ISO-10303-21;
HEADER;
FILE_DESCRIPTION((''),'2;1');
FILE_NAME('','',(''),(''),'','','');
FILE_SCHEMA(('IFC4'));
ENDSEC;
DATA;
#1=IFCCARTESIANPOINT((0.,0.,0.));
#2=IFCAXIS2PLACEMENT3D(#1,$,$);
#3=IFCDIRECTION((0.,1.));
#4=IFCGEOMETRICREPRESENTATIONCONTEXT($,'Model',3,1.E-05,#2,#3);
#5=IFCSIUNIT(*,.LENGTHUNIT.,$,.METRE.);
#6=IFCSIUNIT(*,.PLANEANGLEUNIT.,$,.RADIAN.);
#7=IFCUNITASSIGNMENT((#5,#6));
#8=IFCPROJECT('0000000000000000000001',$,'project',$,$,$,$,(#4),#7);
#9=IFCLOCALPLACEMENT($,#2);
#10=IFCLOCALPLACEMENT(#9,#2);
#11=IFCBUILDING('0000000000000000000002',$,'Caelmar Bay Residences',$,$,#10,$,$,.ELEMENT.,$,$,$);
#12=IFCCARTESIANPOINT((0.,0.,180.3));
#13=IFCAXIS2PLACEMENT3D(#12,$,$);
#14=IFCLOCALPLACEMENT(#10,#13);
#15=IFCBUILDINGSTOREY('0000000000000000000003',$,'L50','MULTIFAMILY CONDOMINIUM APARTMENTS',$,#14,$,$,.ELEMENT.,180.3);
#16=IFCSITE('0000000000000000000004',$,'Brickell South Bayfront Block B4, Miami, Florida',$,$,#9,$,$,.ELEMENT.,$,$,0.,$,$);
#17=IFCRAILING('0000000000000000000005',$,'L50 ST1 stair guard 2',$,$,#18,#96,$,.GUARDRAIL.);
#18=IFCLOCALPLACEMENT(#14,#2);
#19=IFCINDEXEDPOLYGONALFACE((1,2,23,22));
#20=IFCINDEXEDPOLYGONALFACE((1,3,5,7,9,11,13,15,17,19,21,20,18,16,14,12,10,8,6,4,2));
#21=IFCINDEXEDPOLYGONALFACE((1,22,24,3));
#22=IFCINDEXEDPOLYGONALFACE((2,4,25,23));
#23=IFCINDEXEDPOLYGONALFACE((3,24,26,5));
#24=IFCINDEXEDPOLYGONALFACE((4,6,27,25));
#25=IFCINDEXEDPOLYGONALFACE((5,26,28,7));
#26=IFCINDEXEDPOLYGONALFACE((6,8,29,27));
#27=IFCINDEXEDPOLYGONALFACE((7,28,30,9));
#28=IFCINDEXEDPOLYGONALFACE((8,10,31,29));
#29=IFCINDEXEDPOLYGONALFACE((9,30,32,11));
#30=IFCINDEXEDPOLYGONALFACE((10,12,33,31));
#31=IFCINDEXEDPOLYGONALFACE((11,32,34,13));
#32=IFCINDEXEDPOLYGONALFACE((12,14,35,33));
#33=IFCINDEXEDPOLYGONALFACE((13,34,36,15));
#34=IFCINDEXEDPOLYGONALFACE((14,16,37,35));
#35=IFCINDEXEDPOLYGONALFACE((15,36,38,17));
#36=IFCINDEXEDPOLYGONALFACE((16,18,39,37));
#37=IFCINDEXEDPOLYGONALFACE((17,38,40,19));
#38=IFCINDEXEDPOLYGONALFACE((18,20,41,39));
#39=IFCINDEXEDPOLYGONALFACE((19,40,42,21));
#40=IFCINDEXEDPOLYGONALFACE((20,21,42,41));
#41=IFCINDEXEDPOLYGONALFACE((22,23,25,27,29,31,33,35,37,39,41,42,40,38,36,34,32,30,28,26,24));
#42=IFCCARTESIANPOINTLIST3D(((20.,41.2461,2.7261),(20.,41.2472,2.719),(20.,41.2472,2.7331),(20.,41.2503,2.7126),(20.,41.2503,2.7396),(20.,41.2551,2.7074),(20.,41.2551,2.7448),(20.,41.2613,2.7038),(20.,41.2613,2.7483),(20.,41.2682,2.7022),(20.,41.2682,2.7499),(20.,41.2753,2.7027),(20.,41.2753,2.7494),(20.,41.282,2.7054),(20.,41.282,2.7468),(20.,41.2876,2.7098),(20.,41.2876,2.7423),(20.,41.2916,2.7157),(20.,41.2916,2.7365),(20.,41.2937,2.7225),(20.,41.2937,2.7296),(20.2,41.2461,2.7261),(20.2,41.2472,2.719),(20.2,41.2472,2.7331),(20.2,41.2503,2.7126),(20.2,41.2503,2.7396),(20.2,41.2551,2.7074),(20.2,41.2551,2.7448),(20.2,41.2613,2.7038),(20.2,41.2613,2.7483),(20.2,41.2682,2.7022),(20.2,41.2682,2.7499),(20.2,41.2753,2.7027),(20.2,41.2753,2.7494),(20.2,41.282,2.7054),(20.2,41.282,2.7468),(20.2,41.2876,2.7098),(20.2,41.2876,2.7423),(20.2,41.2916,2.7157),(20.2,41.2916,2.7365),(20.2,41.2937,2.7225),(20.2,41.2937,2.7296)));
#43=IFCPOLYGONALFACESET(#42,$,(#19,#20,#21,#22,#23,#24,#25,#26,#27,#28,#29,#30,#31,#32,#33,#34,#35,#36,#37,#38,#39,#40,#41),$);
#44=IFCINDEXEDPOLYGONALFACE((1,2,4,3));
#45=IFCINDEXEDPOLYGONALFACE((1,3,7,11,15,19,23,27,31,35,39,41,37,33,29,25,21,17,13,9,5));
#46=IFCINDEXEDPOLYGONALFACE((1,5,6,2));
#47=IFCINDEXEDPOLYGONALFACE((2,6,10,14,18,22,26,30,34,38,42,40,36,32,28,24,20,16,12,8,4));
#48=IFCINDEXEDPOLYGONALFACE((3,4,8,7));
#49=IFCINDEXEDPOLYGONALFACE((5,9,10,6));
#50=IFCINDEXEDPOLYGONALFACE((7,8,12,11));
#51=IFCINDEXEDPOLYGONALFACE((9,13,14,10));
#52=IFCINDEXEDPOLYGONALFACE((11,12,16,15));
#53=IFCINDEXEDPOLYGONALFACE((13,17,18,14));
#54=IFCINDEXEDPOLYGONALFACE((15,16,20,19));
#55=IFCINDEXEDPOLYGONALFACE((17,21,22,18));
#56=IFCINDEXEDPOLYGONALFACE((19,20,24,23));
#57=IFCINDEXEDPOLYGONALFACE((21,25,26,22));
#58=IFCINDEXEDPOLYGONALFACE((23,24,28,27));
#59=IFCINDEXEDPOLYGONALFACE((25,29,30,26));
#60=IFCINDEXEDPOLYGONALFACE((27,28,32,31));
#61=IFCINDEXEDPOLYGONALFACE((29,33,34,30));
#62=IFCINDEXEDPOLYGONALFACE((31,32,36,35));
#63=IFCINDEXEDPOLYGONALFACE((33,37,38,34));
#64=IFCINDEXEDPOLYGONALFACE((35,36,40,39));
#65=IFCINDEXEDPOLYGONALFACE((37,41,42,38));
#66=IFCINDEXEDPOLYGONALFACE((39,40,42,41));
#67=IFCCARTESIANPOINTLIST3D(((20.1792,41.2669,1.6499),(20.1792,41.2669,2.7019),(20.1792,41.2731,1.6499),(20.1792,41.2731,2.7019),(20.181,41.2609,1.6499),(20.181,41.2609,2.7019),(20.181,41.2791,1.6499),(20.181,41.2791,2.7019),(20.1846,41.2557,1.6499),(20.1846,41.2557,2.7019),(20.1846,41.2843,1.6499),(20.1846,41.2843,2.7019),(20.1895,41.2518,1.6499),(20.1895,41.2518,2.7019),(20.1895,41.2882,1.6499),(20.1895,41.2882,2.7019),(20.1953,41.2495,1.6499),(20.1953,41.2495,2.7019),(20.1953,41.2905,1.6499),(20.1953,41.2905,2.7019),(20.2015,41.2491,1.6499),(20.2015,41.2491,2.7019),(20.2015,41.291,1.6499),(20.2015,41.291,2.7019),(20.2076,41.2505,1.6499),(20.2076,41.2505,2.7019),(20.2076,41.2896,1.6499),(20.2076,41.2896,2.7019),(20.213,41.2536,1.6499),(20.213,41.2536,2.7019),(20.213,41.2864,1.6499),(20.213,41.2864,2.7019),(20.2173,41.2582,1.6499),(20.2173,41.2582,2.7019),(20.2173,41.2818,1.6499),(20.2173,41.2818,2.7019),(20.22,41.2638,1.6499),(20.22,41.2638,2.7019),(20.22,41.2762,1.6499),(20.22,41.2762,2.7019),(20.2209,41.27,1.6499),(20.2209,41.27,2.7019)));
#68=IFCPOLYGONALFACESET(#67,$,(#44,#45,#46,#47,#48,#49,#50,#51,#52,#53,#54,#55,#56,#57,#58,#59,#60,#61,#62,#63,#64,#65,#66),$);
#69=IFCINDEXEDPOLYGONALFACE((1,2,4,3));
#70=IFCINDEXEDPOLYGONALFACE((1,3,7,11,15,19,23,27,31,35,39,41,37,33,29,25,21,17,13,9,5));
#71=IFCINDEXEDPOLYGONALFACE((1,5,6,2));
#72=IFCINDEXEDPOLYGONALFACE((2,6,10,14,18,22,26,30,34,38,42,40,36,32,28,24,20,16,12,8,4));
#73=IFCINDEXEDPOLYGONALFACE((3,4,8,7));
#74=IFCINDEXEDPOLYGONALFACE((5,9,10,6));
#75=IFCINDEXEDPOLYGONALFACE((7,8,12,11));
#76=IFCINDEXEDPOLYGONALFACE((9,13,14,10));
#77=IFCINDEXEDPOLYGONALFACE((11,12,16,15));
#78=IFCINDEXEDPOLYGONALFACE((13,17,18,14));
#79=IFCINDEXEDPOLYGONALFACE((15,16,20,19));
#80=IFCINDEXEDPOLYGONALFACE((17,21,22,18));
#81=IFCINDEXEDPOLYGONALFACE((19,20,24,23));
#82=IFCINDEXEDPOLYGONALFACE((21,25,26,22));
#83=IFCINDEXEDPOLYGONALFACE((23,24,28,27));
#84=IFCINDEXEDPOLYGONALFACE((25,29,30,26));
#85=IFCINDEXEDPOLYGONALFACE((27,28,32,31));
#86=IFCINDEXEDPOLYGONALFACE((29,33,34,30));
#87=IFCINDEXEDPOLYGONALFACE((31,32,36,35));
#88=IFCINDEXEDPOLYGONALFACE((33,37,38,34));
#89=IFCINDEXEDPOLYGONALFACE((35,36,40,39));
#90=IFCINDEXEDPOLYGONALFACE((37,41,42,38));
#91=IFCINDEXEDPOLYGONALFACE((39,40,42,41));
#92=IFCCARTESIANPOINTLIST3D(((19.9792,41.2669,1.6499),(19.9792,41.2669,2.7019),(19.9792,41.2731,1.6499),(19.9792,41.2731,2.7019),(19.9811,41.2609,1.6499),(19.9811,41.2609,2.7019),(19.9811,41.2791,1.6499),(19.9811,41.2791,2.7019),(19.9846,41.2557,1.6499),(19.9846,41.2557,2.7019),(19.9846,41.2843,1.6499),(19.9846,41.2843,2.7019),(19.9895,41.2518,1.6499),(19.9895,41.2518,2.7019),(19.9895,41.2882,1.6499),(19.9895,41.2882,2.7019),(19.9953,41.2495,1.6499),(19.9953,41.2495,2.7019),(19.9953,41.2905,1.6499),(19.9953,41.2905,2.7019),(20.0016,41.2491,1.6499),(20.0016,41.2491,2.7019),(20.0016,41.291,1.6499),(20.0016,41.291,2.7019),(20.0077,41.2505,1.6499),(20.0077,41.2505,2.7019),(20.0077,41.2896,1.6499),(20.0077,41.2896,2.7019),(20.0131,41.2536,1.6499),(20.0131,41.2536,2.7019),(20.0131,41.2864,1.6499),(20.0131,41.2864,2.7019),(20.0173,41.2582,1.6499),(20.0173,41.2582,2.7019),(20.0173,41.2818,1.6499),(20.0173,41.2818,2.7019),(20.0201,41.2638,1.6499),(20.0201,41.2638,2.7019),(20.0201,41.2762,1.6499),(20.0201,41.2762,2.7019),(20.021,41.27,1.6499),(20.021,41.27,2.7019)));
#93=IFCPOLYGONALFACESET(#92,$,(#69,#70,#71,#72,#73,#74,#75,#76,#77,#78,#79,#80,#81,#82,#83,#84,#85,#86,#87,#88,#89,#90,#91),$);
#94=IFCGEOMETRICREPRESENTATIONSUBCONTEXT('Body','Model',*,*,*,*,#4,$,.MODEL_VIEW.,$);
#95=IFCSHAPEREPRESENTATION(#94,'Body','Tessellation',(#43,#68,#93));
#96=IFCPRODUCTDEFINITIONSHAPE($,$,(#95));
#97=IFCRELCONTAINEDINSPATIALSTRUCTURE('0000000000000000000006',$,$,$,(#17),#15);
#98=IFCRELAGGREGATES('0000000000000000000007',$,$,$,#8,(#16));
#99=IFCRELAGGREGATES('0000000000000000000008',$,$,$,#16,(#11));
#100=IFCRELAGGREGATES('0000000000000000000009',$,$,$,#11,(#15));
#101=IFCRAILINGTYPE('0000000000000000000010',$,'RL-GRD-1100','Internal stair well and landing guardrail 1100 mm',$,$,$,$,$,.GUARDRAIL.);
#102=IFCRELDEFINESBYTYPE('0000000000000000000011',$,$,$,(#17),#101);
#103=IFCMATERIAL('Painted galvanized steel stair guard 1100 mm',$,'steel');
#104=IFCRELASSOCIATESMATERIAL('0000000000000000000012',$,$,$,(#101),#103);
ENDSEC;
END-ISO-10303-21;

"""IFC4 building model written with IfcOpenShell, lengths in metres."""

from ifc_helpers import new_model, si_unit, direction, frame, origin, origin_2d, place, context, subcontext, project, spatial, circle, extrude, material, type_object, element, save


model = new_model("IFC4")

# Units and contexts
model_context = context("Model", 3, precision=1e-05, world=origin(), true_north=direction((0.0, 1.0)))
body_context = subcontext(model_context, "Body", "Model", "MODEL_VIEW")
ifc_project = project(units=[si_unit("LENGTHUNIT", "METRE"), si_unit("PLANEANGLEUNIT", "RADIAN")], contexts=[model_context])

# Site, building, storey
site_placement = place(None, origin())
site = spatial("IfcSite", under=ifc_project, at=site_placement, Name="Brickell South Bayfront Block B4, Miami, Florida", CompositionType="ELEMENT", RefElevation=0.0)
building_placement = place(site_placement, origin())
building = spatial("IfcBuilding", under=site, at=building_placement, Name="Caelmar Bay Residences", CompositionType="ELEMENT")
storey_placement = place(building_placement, frame((0.0, 0.0, 180.3)))
storey = spatial("IfcBuildingStorey", under=building, at=storey_placement, Name="L50", Description="MULTIFAMILY CONDOMINIUM APARTMENTS", CompositionType="ELEMENT", Elevation=180.3)

# Railing
ifc_material_1 = material(Name="Painted galvanized steel stair guard 1100 mm", Category="steel")
railing_type_1 = type_object("IfcRailingType", Name="RL-GRD-1100", Description="Internal stair well and landing guardrail 1100 mm", PredefinedType="GUARDRAIL", material=ifc_material_1)
railing_1_placement = place(storey_placement, frame((20.2, 41.27, 1.6499)))
element("IfcRailing", 1, at=railing_1_placement, inside=storey, type_object=railing_type_1, Name="L50 ST1 stair guard 2", PredefinedType="GUARDRAIL", context=body_context, shape_type="SweptSolid", body=[
    extrude(circle(Radius=0.0239, at=origin_2d()), frame((0.0, 0.0, 1.0762), z_axis=(-1.0, 0.0, 0.0), x_axis=(0.0, -1.0, 0.0)), (0.0, 0.0, 1.0), 0.2),
    extrude(circle(Radius=0.021, at=origin_2d()), origin(), (0.0, 0.0, 1.0), 1.052),
    extrude(circle(Radius=0.021, at=origin_2d()), frame((-0.2, 0.0, 0.0)), (0.0, 0.0, 1.0), 1.052),
])

save(model, "model.ifc")
